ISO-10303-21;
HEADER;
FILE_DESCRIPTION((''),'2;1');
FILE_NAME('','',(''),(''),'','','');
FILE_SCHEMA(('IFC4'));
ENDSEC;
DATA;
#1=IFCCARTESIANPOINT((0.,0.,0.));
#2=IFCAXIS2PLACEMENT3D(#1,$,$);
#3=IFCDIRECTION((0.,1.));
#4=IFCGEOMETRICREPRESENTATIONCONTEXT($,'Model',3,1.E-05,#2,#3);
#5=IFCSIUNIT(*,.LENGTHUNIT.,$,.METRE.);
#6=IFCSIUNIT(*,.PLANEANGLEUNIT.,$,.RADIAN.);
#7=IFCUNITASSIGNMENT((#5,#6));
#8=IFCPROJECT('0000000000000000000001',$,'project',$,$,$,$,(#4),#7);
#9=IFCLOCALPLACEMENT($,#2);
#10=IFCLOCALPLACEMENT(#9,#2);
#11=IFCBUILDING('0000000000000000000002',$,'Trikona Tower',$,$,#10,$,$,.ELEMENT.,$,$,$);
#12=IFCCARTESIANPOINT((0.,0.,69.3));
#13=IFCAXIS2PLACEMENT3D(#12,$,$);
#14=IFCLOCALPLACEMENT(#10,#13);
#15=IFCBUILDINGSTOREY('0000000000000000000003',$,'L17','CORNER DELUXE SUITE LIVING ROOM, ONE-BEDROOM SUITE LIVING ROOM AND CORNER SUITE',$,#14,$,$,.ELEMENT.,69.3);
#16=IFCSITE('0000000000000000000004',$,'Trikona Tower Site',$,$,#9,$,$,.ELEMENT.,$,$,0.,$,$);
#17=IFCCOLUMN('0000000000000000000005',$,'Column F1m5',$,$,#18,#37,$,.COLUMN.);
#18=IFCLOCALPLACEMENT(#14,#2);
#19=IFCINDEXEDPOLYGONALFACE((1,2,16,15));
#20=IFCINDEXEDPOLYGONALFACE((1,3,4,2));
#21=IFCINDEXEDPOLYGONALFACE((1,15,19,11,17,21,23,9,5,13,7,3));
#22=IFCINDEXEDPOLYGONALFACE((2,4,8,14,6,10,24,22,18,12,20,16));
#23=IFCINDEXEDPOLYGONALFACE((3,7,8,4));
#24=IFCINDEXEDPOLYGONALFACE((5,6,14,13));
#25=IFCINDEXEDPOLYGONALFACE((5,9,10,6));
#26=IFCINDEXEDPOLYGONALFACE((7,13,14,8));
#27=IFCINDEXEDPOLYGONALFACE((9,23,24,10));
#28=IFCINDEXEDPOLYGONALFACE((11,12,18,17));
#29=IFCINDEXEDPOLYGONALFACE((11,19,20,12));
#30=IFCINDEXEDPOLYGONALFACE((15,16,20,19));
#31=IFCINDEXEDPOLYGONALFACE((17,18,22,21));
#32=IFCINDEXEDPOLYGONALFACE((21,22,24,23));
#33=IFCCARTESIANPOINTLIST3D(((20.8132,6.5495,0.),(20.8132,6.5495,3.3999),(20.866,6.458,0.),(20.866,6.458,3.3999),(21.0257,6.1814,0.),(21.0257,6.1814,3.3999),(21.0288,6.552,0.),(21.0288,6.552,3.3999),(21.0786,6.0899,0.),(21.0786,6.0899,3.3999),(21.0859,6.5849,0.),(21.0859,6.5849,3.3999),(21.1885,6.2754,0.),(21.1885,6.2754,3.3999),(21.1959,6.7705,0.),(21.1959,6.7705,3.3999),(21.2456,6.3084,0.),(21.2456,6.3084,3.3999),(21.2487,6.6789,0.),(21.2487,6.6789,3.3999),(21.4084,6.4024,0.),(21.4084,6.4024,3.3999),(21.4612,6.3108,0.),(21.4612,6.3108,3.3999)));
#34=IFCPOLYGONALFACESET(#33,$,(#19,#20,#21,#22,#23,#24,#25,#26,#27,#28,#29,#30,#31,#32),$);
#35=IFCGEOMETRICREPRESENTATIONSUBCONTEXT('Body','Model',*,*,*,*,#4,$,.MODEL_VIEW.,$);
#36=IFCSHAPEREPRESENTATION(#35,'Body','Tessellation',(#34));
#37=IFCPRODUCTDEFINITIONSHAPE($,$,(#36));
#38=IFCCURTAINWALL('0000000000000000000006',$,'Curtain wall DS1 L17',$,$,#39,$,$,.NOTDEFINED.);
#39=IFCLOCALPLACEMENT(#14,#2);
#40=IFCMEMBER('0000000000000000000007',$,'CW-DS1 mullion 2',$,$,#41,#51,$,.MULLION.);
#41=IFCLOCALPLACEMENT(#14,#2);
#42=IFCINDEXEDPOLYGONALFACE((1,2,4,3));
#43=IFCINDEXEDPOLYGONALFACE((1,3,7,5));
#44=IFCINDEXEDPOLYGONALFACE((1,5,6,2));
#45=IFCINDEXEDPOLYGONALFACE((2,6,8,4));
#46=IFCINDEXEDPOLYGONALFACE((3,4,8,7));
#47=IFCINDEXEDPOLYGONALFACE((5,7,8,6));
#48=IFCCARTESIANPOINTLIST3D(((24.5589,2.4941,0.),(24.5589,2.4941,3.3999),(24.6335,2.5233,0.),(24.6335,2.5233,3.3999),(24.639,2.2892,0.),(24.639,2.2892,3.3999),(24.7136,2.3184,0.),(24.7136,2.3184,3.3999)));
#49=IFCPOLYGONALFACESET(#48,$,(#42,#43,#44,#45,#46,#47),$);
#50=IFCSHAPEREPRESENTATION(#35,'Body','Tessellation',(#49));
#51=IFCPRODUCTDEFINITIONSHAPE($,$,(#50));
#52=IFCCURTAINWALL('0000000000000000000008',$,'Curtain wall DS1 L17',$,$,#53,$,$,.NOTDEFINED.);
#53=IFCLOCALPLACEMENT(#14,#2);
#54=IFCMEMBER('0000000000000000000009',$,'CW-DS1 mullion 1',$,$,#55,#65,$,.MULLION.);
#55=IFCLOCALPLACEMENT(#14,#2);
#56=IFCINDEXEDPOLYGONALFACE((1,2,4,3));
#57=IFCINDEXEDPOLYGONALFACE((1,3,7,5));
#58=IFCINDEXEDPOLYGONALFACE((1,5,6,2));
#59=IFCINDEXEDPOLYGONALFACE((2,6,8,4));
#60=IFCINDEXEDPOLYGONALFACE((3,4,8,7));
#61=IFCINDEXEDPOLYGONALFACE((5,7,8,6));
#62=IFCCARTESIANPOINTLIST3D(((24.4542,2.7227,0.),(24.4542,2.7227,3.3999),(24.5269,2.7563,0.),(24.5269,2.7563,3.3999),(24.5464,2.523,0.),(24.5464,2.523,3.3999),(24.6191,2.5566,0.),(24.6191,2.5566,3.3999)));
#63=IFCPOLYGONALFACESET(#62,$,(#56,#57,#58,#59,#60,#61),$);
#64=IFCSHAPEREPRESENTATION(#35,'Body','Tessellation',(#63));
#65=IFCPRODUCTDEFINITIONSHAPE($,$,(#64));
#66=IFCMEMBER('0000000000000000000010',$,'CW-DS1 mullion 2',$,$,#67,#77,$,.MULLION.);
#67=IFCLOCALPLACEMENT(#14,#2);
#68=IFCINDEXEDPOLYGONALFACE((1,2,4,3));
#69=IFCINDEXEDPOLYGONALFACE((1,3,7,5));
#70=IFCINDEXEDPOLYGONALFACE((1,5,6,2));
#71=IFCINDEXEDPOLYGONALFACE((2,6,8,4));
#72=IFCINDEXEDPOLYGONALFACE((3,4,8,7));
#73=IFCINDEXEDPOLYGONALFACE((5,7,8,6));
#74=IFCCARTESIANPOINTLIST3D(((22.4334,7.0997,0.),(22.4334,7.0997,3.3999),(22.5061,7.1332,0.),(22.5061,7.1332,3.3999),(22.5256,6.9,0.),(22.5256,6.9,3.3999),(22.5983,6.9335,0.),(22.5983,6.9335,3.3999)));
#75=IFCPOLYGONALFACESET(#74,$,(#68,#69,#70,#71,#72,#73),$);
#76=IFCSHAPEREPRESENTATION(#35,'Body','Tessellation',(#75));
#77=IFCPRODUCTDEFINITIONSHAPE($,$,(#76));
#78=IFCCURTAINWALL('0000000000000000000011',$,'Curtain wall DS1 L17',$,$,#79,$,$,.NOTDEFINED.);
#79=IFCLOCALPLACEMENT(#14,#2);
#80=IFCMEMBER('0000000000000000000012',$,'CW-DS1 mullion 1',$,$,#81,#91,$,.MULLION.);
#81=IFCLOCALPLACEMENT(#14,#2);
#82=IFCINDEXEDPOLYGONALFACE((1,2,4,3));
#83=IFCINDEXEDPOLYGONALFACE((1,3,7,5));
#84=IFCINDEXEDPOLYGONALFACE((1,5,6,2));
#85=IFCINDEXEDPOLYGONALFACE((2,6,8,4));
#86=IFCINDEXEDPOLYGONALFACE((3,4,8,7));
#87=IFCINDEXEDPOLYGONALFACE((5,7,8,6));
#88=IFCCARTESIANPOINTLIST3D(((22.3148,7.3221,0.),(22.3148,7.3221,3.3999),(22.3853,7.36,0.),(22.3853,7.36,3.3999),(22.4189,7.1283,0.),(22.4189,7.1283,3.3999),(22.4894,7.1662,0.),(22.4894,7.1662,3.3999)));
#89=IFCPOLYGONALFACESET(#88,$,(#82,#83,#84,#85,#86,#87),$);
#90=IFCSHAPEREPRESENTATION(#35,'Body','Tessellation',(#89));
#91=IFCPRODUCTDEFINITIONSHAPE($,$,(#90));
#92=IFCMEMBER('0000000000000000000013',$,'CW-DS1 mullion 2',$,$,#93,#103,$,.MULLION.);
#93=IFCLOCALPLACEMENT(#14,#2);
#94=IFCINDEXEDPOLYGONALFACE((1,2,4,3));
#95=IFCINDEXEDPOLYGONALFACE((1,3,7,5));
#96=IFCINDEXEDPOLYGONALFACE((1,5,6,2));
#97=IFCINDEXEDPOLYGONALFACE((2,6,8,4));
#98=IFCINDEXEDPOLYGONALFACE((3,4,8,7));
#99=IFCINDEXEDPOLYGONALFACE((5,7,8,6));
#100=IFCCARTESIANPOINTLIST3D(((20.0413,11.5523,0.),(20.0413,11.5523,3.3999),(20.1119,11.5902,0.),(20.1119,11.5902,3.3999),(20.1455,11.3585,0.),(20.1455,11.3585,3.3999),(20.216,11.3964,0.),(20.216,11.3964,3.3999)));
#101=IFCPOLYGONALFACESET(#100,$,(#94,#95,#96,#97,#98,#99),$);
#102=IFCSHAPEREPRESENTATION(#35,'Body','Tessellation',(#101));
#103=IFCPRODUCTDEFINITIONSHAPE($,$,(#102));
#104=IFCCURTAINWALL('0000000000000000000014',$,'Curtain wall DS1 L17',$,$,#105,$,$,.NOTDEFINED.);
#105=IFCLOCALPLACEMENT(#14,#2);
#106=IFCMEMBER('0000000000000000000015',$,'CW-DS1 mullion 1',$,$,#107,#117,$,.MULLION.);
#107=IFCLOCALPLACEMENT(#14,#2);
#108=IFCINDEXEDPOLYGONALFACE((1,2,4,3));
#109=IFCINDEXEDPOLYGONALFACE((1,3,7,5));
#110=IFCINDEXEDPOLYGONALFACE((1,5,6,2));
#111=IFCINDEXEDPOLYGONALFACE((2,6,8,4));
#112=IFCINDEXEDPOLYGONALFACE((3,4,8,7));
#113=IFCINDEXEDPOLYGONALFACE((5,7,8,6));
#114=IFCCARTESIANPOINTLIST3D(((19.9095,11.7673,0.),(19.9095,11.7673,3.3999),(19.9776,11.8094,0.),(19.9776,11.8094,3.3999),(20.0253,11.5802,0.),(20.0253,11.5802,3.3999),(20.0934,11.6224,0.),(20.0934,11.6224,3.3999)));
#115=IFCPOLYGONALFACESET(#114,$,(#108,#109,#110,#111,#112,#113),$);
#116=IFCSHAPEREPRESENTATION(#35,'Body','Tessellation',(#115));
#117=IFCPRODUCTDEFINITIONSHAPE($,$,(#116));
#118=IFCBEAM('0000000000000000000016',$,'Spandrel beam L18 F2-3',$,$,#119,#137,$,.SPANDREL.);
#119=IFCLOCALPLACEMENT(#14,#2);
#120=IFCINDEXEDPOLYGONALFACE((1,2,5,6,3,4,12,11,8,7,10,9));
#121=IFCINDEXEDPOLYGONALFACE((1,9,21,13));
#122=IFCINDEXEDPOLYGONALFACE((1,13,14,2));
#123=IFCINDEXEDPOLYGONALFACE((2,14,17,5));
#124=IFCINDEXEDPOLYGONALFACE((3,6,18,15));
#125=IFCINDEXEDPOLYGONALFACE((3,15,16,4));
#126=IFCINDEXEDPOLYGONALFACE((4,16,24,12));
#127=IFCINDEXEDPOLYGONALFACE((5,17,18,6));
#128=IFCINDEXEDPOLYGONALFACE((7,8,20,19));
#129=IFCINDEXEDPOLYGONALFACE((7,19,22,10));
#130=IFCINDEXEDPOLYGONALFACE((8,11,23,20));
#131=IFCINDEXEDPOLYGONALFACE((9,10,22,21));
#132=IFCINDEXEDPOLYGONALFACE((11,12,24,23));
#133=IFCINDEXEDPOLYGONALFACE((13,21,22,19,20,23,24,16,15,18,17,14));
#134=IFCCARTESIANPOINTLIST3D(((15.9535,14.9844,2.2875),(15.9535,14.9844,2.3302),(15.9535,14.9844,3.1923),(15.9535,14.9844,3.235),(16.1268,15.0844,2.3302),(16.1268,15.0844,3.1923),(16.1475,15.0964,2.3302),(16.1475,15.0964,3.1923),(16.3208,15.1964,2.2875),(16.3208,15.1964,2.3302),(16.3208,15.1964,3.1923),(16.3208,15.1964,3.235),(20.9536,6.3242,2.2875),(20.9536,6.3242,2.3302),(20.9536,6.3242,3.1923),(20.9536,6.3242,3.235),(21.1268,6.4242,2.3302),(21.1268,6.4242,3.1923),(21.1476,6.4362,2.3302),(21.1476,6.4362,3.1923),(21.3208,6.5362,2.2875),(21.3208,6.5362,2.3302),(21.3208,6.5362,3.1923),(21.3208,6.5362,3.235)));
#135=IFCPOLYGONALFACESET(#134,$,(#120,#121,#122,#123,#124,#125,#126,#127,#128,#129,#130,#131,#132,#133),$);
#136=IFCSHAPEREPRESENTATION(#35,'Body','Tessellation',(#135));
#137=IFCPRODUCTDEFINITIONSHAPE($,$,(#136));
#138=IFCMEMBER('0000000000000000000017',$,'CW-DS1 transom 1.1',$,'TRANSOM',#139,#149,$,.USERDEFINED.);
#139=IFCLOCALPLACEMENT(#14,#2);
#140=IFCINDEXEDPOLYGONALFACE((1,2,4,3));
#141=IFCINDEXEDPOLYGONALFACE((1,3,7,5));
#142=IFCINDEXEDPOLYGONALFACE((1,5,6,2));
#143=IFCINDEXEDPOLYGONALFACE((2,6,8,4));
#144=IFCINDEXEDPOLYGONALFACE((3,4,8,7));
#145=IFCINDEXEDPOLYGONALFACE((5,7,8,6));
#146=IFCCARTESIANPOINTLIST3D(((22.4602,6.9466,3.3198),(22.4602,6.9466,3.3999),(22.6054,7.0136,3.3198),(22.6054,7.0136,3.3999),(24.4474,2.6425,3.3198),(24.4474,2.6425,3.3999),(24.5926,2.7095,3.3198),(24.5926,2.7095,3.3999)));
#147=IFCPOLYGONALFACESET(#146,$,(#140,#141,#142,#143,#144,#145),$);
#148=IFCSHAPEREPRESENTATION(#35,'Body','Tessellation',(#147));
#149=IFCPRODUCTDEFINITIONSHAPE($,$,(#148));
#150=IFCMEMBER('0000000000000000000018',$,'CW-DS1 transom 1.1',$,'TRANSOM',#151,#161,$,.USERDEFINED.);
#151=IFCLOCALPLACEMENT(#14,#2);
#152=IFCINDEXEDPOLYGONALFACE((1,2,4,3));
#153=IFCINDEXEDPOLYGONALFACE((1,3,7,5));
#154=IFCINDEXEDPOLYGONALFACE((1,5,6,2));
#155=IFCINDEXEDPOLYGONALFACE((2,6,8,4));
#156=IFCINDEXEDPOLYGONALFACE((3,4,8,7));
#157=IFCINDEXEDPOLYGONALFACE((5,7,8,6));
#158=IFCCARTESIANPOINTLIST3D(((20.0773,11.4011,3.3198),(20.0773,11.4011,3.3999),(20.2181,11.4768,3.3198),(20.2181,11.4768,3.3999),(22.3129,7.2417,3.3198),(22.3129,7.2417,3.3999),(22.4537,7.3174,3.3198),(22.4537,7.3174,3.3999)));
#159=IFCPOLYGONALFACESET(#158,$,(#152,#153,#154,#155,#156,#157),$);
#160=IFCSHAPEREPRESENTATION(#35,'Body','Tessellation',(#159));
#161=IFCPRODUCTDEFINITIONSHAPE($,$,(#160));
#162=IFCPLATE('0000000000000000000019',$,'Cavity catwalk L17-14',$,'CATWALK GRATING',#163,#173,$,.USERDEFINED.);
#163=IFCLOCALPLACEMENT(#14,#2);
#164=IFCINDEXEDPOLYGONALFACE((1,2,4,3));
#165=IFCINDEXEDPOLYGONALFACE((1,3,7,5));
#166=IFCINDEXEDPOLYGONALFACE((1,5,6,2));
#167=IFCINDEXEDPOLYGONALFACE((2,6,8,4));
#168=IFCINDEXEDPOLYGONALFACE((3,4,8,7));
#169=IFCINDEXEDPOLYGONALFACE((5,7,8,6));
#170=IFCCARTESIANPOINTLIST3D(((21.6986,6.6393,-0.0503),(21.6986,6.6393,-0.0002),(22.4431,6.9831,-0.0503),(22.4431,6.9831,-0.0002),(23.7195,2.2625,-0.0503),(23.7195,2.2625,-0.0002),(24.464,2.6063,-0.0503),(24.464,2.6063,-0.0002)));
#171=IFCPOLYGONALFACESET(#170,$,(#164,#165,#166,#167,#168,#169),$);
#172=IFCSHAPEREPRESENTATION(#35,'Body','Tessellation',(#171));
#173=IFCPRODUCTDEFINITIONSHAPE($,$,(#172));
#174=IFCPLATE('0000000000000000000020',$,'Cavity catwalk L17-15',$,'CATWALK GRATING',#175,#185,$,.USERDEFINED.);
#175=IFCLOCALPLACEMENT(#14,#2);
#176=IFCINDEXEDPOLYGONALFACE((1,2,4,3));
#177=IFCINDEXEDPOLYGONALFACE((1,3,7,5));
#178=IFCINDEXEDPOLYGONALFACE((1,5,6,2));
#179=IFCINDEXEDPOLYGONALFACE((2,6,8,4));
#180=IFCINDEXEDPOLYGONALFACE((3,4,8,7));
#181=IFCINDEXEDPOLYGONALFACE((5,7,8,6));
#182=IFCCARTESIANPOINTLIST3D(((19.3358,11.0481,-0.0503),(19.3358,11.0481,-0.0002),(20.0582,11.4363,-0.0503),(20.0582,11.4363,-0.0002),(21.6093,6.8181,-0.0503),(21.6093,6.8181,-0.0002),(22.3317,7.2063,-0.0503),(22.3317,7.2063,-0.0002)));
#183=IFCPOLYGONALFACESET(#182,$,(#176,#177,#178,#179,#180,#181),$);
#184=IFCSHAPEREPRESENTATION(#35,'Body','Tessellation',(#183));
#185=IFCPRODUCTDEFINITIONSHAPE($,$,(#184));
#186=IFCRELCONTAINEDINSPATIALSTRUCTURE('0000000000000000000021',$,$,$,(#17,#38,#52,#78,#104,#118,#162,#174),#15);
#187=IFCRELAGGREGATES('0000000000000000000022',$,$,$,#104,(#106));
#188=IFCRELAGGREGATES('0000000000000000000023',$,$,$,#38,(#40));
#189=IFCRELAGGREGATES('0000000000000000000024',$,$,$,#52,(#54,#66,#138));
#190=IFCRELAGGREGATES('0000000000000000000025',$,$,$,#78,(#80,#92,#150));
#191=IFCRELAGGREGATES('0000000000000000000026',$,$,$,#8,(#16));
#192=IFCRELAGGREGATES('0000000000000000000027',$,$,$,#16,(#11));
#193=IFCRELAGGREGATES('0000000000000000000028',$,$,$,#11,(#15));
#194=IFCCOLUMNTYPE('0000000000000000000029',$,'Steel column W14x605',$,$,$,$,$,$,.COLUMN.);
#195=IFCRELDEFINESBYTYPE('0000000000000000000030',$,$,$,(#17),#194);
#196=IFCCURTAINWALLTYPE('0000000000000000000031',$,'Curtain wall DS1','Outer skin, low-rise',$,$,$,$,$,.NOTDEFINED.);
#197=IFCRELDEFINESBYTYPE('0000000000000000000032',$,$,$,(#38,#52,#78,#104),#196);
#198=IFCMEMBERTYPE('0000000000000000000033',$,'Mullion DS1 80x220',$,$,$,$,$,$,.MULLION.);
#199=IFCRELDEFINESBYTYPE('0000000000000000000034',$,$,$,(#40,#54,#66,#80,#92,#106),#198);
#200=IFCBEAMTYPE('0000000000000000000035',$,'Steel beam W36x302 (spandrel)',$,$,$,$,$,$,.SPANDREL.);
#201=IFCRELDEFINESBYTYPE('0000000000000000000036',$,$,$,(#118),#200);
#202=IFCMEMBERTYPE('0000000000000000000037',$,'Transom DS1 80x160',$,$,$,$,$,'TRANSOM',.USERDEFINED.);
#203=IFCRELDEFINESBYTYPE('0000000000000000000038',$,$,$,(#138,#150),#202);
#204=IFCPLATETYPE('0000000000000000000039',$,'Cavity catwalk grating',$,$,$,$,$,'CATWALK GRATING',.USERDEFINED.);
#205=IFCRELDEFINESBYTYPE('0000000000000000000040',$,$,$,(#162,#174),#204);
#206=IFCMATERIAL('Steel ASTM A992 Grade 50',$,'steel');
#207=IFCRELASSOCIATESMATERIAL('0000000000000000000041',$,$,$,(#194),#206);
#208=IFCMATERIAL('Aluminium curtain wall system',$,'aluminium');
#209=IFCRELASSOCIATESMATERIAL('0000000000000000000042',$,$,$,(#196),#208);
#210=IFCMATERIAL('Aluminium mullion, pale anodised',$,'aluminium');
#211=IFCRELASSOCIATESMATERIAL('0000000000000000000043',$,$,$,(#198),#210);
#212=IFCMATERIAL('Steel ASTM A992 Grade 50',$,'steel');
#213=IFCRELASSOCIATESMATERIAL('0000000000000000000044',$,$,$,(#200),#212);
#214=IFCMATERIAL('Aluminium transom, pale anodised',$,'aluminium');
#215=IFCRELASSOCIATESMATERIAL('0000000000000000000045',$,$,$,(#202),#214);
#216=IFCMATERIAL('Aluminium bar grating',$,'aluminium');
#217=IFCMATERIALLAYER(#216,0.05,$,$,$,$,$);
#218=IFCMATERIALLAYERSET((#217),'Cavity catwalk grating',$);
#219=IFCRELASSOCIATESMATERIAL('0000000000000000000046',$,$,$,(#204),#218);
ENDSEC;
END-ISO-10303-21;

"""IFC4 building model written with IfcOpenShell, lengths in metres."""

from ifc_helpers import new_model, si_unit, direction, frame, origin, origin_2d, place, context, subcontext, project, spatial, rectangle, i_section, extrude, material, layer, layer_set, material_profile, profile_set, type_object, element, aggregate, save


model = new_model("IFC4")

# Units and contexts
model_context = context("Model", 3, precision=1e-05, world=origin(), true_north=direction((0.0, 1.0)))
body_context = subcontext(model_context, "Body", "Model", "MODEL_VIEW")
ifc_project = project(units=[si_unit("LENGTHUNIT", "METRE"), si_unit("PLANEANGLEUNIT", "RADIAN")], contexts=[model_context])

# Site, building, storey
site_placement = place(None, origin())
site = spatial("IfcSite", under=ifc_project, at=site_placement, Name="Trikona Tower Site", CompositionType="ELEMENT", RefElevation=0.0)
building_placement = place(site_placement, origin())
building = spatial("IfcBuilding", under=site, at=building_placement, Name="Trikona Tower", CompositionType="ELEMENT")
storey_placement = place(building_placement, frame((0.0, 0.0, 69.3)))
storey = spatial("IfcBuildingStorey", under=building, at=storey_placement, Name="L17", Description="CORNER DELUXE SUITE LIVING ROOM, ONE-BEDROOM SUITE LIVING ROOM AND CORNER SUITE", CompositionType="ELEMENT", Elevation=69.3)

# Column
ifc_material_1 = material(Name="Steel ASTM A992 Grade 50", Category="steel")
ifc_material_profile_1 = material_profile(ifc_material_1, i_section(OverallWidth=0.4419, OverallDepth=0.5308, WebThickness=0.0659, FlangeThickness=0.1057, at=origin_2d()), Name="W14X605")
ifc_profile_set_1 = profile_set([ifc_material_profile_1], Name="Steel ASTM A992 Grade 50")
column_type = type_object("IfcColumnType", Name="Steel column W14x605", PredefinedType="COLUMN", material=ifc_profile_set_1)
column_placement = place(storey_placement, frame((21.1372, 6.4302, 0.0), z_axis=(0.0, 0.0, 1.0), x_axis=(0.866025, 0.5, 0.0)))
element("IfcColumn", 1, at=column_placement, inside=storey, type_object=column_type, Name="Column F1m5", PredefinedType="COLUMN", context=body_context, shape_type="SweptSolid", body=[
    extrude(i_section(OverallWidth=0.4419, OverallDepth=0.5308, WebThickness=0.0659, FlangeThickness=0.1057, at=origin_2d()), origin(), (0.0, 0.0, 1.0), 3.3999),
])

# Curtain wall, member
ifc_material_2 = material(Name="Aluminium curtain wall system", Category="aluminium")
curtain_wall_type = type_object("IfcCurtainWallType", Name="Curtain wall DS1", Description="Outer skin, low-rise", PredefinedType="NOTDEFINED", material=ifc_material_2)
curtain_wall_1_placement = place(storey_placement, origin())
curtain_wall_1 = element("IfcCurtainWall", 2, at=curtain_wall_1_placement, inside=storey, type_object=curtain_wall_type, Name="Curtain wall DS1 L17", PredefinedType="NOTDEFINED")
ifc_material_3 = material(Name="Aluminium mullion, pale anodised", Category="aluminium")
ifc_material_profile_2 = material_profile(ifc_material_3, rectangle(XDim=0.0801, YDim=0.22, at=origin_2d()), Name="MUL-DS1")
ifc_profile_set_2 = profile_set([ifc_material_profile_2], Name="Aluminium mullion, pale anodised")
member_type_1 = type_object("IfcMemberType", Name="Mullion DS1 80x220", PredefinedType="MULLION", material=ifc_profile_set_2)
member_1_placement = place(storey_placement, frame((24.6362, 2.4062, 0.0), z_axis=(0.0, 0.0, 1.0), x_axis=(-0.931396, -0.364008, 0.0)))
member_1 = element("IfcMember", 3, at=member_1_placement, type_object=member_type_1, Name="CW-DS1 mullion 2", PredefinedType="MULLION", context=body_context, shape_type="SweptSolid", body=[
    extrude(rectangle(XDim=0.0801, YDim=0.22, at=origin_2d()), origin(), (0.0, 0.0, 1.0), 3.3999),
])

# Curtain walls, members
curtain_wall_2_placement = place(storey_placement, origin())
curtain_wall_2 = element("IfcCurtainWall", 4, at=curtain_wall_2_placement, inside=storey, type_object=curtain_wall_type, Name="Curtain wall DS1 L17", PredefinedType="NOTDEFINED")
member_2_placement = place(storey_placement, frame((24.5366, 2.6396, 0.0), z_axis=(0.0, 0.0, 1.0), x_axis=(-0.907898, -0.41919, 0.0)))
member_2 = element("IfcMember", 5, at=member_2_placement, type_object=member_type_1, Name="CW-DS1 mullion 1", PredefinedType="MULLION", context=body_context, shape_type="SweptSolid", body=[
    extrude(rectangle(XDim=0.0801, YDim=0.22, at=origin_2d()), origin(), (0.0, 0.0, 1.0), 3.3999),
])
member_3_placement = place(storey_placement, frame((22.5159, 7.0166, 0.0), z_axis=(0.0, 0.0, 1.0), x_axis=(-0.907898, -0.41919, 0.0)))
member_3 = element("IfcMember", 6, at=member_3_placement, type_object=member_type_1, Name="CW-DS1 mullion 2", PredefinedType="MULLION", context=body_context, shape_type="SweptSolid", body=[
    extrude(rectangle(XDim=0.0801, YDim=0.22, at=origin_2d()), origin(), (0.0, 0.0, 1.0), 3.3999),
])
curtain_wall_3_placement = place(storey_placement, origin())
curtain_wall_3 = element("IfcCurtainWall", 7, at=curtain_wall_3_placement, inside=storey, type_object=curtain_wall_type, Name="Curtain wall DS1 L17", PredefinedType="NOTDEFINED")
member_4_placement = place(storey_placement, frame((22.4021, 7.2441, 0.0), z_axis=(0.0, 0.0, 1.0), x_axis=(-0.880843, -0.473408, 0.0)))
member_4 = element("IfcMember", 8, at=member_4_placement, type_object=member_type_1, Name="CW-DS1 mullion 1", PredefinedType="MULLION", context=body_context, shape_type="SweptSolid", body=[
    extrude(rectangle(XDim=0.0801, YDim=0.22, at=origin_2d()), origin(), (0.0, 0.0, 1.0), 3.3999),
])
member_5_placement = place(storey_placement, frame((20.1287, 11.4744, 0.0), z_axis=(0.0, 0.0, 1.0), x_axis=(-0.880843, -0.473408, 0.0)))
member_5 = element("IfcMember", 9, at=member_5_placement, type_object=member_type_1, Name="CW-DS1 mullion 2", PredefinedType="MULLION", context=body_context, shape_type="SweptSolid", body=[
    extrude(rectangle(XDim=0.0801, YDim=0.22, at=origin_2d()), origin(), (0.0, 0.0, 1.0), 3.3999),
])

# Curtain wall, member
curtain_wall_4_placement = place(storey_placement, origin())
curtain_wall_4 = element("IfcCurtainWall", 10, at=curtain_wall_4_placement, inside=storey, type_object=curtain_wall_type, Name="Curtain wall DS1 L17", PredefinedType="NOTDEFINED")
member_6_placement = place(storey_placement, frame((20.0015, 11.6948, 0.0), z_axis=(0.0, 0.0, 1.0), x_axis=(-0.85041, -0.52612, 0.0)))
member_6 = element("IfcMember", 11, at=member_6_placement, type_object=member_type_1, Name="CW-DS1 mullion 1", PredefinedType="MULLION", context=body_context, shape_type="SweptSolid", body=[
    extrude(rectangle(XDim=0.0801, YDim=0.22, at=origin_2d()), origin(), (0.0, 0.0, 1.0), 3.3999),
])
aggregate(curtain_wall_4, [member_6])

# Beam
ifc_material_4 = material(Name="Steel ASTM A992 Grade 50", Category="steel")
ifc_material_profile_3 = material_profile(ifc_material_4, i_section(OverallWidth=0.4241, OverallDepth=0.9475, WebThickness=0.0239, FlangeThickness=0.0427, at=origin_2d()), Name="W36X302")
ifc_profile_set_3 = profile_set([ifc_material_profile_3], Name="Steel ASTM A992 Grade 50")
beam_type = type_object("IfcBeamType", Name="Steel beam W36x302 (spandrel)", PredefinedType="SPANDREL", material=ifc_profile_set_3)
beam_placement = place(storey_placement, frame((21.1372, 6.4302, 2.7612), z_axis=(-0.500004, 0.866023, 0.0), x_axis=(-0.866023, -0.500004, 0.0)))
element("IfcBeam", 12, at=beam_placement, inside=storey, type_object=beam_type, Name="Spandrel beam L18 F2-3", PredefinedType="SPANDREL", context=body_context, shape_type="SweptSolid", body=[
    extrude(i_section(OverallWidth=0.4241, OverallDepth=0.9475, WebThickness=0.0239, FlangeThickness=0.0427, at=origin_2d()), origin(), (0.0, 0.0, 1.0), 10.0),
])

# Members
ifc_material_5 = material(Name="Aluminium transom, pale anodised", Category="aluminium")
ifc_material_profile_4 = material_profile(ifc_material_5, rectangle(XDim=0.1599, YDim=0.0801, at=origin_2d()), Name="TRN-DS1")
ifc_profile_set_4 = profile_set([ifc_material_profile_4], Name="Aluminium transom, pale anodised")
member_type_2 = type_object("IfcMemberType", Name="Transom DS1 80x160", ElementType="TRANSOM", PredefinedType="USERDEFINED", material=ifc_profile_set_4)
member_7_placement = place(storey_placement, frame((24.52, 2.676, 3.3599), z_axis=(-0.419189, 0.907899, 0.0), x_axis=(-0.907899, -0.419189, 0.0)))
member_7 = element("IfcMember", 13, at=member_7_placement, type_object=member_type_2, Name="CW-DS1 transom 1.1", ObjectType="TRANSOM", PredefinedType="USERDEFINED", context=body_context, shape_type="SweptSolid", body=[
    extrude(rectangle(XDim=0.1599, YDim=0.0801, at=origin_2d()), origin(), (0.0, 0.0, 1.0), 4.7407),
])
member_8_placement = place(storey_placement, frame((22.3833, 7.2795, 3.3599), z_axis=(-0.473428, 0.880833, 0.0), x_axis=(-0.880833, -0.473428, 0.0)))
member_8 = element("IfcMember", 14, at=member_8_placement, type_object=member_type_2, Name="CW-DS1 transom 1.1", ObjectType="TRANSOM", PredefinedType="USERDEFINED", context=body_context, shape_type="SweptSolid", body=[
    extrude(rectangle(XDim=0.1599, YDim=0.0801, at=origin_2d()), origin(), (0.0, 0.0, 1.0), 4.7222),
])

# Plates
ifc_material_6 = material(Name="Aluminium bar grating", Category="aluminium")
ifc_layer_1 = layer(ifc_material_6, 0.05)
ifc_layer_set_1 = layer_set([ifc_layer_1], Name="Cavity catwalk grating")
plate_type_1 = type_object("IfcPlateType", Name="Cavity catwalk grating", ElementType="CATWALK GRATING", PredefinedType="USERDEFINED", material=ifc_layer_set_1)
plate_1_placement = place(storey_placement, frame((23.0813, 4.6228, -0.0503), z_axis=(0.0, 0.0, 1.0), x_axis=(-0.419194, 0.907897, 0.0)))
element("IfcPlate", 15, at=plate_1_placement, inside=storey, type_object=plate_type_1, Name="Cavity catwalk L17-14", ObjectType="CATWALK GRATING", PredefinedType="USERDEFINED", context=body_context, shape_type="SweptSolid", body=[
    extrude(rectangle(XDim=4.8208, YDim=0.8201, at=origin_2d()), origin(), (0.0, 0.0, 1.0), 0.05),
])
plate_2_placement = place(storey_placement, frame((20.8337, 9.1272, -0.0503), z_axis=(0.0, 0.0, 1.0), x_axis=(-0.473423, 0.880835, 0.0)))
element("IfcPlate", 16, at=plate_2_placement, inside=storey, type_object=plate_type_1, Name="Cavity catwalk L17-15", ObjectType="CATWALK GRATING", PredefinedType="USERDEFINED", context=body_context, shape_type="SweptSolid", body=[
    extrude(rectangle(XDim=4.8022, YDim=0.8201, at=origin_2d()), origin(), (0.0, 0.0, 1.0), 0.05),
])

aggregate(curtain_wall_1, [member_1])
aggregate(curtain_wall_2, [member_2, member_3, member_7])
aggregate(curtain_wall_3, [member_4, member_5, member_8])

save(model, "model.ifc")
